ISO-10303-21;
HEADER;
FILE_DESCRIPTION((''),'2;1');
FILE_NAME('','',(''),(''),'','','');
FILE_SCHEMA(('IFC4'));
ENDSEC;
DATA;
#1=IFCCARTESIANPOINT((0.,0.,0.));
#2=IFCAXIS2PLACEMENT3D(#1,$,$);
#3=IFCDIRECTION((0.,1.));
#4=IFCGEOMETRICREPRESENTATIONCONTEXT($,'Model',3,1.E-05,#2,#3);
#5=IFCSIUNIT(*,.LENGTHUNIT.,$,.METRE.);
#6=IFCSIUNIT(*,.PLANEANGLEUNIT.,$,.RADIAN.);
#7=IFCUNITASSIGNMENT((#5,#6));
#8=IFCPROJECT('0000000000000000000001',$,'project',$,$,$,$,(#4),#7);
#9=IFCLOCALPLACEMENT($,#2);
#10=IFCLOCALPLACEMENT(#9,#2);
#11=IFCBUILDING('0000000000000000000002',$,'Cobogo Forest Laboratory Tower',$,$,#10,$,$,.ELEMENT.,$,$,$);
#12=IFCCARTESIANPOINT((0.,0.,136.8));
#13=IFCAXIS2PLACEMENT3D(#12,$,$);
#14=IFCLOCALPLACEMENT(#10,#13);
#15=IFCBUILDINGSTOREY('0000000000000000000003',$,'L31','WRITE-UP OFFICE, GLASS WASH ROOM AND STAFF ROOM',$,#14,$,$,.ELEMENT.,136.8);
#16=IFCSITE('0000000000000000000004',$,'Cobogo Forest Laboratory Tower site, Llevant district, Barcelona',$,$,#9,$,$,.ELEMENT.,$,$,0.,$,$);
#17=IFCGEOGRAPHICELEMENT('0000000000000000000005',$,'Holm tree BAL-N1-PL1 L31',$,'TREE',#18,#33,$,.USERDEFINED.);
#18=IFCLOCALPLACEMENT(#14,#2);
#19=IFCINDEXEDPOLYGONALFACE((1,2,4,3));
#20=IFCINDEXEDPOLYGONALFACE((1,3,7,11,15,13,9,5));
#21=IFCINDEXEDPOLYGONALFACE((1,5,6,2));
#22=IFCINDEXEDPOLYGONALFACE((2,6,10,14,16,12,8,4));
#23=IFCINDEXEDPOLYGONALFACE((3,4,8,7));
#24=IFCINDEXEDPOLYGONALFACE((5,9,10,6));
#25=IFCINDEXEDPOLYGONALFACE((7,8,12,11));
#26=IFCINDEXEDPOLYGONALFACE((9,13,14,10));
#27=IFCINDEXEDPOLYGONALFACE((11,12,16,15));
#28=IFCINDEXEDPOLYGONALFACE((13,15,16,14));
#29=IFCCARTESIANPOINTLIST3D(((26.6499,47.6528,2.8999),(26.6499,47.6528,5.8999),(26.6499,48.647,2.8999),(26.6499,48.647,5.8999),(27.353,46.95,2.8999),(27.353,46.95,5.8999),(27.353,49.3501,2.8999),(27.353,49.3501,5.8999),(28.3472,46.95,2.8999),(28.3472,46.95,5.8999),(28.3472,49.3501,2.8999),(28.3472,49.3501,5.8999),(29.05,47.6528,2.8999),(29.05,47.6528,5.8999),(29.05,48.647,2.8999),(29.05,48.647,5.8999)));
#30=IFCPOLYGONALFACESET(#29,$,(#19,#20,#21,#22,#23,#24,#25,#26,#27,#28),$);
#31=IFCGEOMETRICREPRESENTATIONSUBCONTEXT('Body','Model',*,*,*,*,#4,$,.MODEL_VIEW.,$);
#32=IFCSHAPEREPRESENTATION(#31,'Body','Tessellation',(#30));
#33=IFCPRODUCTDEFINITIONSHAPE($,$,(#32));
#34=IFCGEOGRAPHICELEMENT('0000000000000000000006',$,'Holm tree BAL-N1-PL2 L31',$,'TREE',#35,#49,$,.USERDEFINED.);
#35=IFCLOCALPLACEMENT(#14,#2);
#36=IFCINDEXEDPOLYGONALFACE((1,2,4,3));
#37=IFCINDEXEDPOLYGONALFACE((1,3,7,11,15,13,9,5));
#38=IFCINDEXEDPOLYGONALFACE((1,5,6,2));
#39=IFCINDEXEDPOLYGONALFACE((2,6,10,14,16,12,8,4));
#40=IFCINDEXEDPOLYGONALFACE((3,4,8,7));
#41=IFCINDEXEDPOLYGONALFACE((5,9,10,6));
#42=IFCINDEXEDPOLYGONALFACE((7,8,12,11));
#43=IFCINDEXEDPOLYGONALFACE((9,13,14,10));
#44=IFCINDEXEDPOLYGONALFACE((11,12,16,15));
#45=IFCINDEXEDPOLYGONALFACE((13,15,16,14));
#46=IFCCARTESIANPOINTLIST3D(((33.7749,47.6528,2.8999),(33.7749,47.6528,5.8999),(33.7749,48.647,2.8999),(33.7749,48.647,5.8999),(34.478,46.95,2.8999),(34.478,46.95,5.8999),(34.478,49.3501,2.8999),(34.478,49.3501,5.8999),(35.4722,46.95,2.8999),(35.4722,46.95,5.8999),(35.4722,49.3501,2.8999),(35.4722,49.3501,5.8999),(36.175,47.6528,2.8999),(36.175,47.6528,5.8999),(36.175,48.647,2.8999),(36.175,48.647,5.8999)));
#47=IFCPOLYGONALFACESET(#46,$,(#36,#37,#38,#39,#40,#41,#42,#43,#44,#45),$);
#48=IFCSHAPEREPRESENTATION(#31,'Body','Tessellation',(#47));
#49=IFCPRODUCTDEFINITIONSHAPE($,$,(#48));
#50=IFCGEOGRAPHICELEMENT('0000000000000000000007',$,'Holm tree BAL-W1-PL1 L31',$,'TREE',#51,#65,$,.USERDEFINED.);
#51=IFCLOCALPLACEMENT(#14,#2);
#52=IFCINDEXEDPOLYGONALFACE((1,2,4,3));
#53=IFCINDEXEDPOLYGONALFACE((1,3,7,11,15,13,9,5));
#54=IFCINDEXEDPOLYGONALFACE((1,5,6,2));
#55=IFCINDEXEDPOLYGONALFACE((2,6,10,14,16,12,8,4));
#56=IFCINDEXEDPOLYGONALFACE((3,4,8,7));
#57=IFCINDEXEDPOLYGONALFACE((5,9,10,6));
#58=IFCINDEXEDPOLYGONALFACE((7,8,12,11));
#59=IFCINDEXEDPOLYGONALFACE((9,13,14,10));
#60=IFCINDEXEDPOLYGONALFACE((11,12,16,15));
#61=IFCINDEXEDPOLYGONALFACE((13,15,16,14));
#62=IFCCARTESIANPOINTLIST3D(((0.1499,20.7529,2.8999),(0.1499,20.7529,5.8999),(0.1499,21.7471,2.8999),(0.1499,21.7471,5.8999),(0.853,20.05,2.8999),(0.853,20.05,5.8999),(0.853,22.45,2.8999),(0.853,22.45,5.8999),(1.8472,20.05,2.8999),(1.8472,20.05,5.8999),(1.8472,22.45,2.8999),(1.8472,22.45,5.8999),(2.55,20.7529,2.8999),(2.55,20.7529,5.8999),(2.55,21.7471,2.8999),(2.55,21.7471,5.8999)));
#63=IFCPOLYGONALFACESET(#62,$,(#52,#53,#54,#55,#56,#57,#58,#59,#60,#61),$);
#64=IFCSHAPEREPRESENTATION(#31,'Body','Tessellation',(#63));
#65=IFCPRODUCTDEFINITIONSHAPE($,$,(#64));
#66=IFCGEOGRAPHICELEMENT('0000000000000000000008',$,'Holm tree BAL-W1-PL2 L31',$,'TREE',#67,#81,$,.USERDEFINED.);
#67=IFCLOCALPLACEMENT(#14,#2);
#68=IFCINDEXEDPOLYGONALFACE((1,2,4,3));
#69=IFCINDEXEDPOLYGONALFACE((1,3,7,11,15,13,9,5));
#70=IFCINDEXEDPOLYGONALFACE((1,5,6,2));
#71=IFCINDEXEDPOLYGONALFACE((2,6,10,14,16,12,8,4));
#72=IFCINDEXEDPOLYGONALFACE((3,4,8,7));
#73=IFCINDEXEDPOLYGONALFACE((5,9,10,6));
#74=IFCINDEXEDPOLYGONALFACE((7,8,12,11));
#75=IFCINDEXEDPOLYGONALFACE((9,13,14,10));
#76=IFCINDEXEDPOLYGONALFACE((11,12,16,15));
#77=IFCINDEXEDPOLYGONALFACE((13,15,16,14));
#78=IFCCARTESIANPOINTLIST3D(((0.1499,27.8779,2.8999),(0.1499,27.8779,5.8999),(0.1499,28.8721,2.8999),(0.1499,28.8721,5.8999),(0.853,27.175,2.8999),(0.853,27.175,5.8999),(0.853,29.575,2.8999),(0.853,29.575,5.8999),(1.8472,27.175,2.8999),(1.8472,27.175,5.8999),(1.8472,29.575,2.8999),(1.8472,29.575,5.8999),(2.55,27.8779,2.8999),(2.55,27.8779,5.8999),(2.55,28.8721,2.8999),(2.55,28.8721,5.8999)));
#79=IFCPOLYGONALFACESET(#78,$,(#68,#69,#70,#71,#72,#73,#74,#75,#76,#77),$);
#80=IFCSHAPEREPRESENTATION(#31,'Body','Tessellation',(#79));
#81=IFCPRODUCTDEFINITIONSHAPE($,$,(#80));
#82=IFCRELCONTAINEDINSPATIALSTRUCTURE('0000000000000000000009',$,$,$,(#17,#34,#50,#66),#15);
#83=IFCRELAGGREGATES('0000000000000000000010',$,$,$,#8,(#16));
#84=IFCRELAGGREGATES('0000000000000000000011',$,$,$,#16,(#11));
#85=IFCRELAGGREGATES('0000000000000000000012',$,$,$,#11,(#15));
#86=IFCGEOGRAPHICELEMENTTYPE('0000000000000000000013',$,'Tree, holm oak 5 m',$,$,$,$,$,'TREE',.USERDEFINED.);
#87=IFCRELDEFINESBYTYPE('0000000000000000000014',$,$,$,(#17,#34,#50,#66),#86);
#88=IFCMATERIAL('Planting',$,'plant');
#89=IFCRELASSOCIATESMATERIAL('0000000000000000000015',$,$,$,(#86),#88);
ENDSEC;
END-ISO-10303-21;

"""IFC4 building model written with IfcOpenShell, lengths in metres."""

from ifc_helpers import new_model, si_unit, direction, frame, origin, place, context, subcontext, project, spatial, polyline, outline, extrude, material, type_object, element, save


model = new_model("IFC4")

# Units and contexts
model_context = context("Model", 3, precision=1e-05, world=origin(), true_north=direction((0.0, 1.0)))
body_context = subcontext(model_context, "Body", "Model", "MODEL_VIEW")
ifc_project = project(units=[si_unit("LENGTHUNIT", "METRE"), si_unit("PLANEANGLEUNIT", "RADIAN")], contexts=[model_context])

# Site, building, storey
site_placement = place(None, origin())
site = spatial("IfcSite", under=ifc_project, at=site_placement, Name="Cobogo Forest Laboratory Tower site, Llevant district, Barcelona", CompositionType="ELEMENT", RefElevation=0.0)
building_placement = place(site_placement, origin())
building = spatial("IfcBuilding", under=site, at=building_placement, Name="Cobogo Forest Laboratory Tower", CompositionType="ELEMENT")
storey_placement = place(building_placement, frame((0.0, 0.0, 136.8)))
storey = spatial("IfcBuildingStorey", under=building, at=storey_placement, Name="L31", Description="WRITE-UP OFFICE, GLASS WASH ROOM AND STAFF ROOM", CompositionType="ELEMENT", Elevation=136.8)

# Geographic elements
ifc_material_1 = material(Name="Planting", Category="plant")
geographic_element_type = type_object("IfcGeographicElementType", Name="Tree, holm oak 5 m", ElementType="TREE", PredefinedType="USERDEFINED", material=ifc_material_1)
geographic_element_1_placement = place(storey_placement, frame((0.0, 0.0, 2.8999)))
element("IfcGeographicElement", 1, at=geographic_element_1_placement, inside=storey, type_object=geographic_element_type, Name="Holm tree BAL-N1-PL1 L31", ObjectType="TREE", PredefinedType="USERDEFINED", context=body_context, shape_type="SweptSolid", body=[
    extrude(outline(polyline([(29.05, 47.6528), (29.05, 48.647), (28.3472, 49.3501), (27.353, 49.3501), (26.6499, 48.647), (26.6499, 47.6528), (27.353, 46.95), (28.3472, 46.95), (29.05, 47.6528)])), origin(), (0.0, 0.0, 1.0), 3.0),
])
geographic_element_2_placement = place(storey_placement, frame((0.0, 0.0, 2.8999)))
element("IfcGeographicElement", 2, at=geographic_element_2_placement, inside=storey, type_object=geographic_element_type, Name="Holm tree BAL-N1-PL2 L31", ObjectType="TREE", PredefinedType="USERDEFINED", context=body_context, shape_type="SweptSolid", body=[
    extrude(outline(polyline([(36.175, 47.6528), (36.175, 48.647), (35.4722, 49.3501), (34.478, 49.3501), (33.7749, 48.647), (33.7749, 47.6528), (34.478, 46.95), (35.4722, 46.95), (36.175, 47.6528)])), origin(), (0.0, 0.0, 1.0), 3.0),
])
geographic_element_3_placement = place(storey_placement, frame((0.0, 0.0, 2.8999)))
element("IfcGeographicElement", 3, at=geographic_element_3_placement, inside=storey, type_object=geographic_element_type, Name="Holm tree BAL-W1-PL1 L31", ObjectType="TREE", PredefinedType="USERDEFINED", context=body_context, shape_type="SweptSolid", body=[
    extrude(outline(polyline([(2.55, 20.7529), (2.55, 21.7471), (1.8472, 22.45), (0.853, 22.45), (0.1499, 21.7471), (0.1499, 20.7529), (0.853, 20.05), (1.8472, 20.05), (2.55, 20.7529)])), origin(), (0.0, 0.0, 1.0), 3.0),
])
geographic_element_4_placement = place(storey_placement, frame((0.0, 0.0, 2.8999)))
element("IfcGeographicElement", 4, at=geographic_element_4_placement, inside=storey, type_object=geographic_element_type, Name="Holm tree BAL-W1-PL2 L31", ObjectType="TREE", PredefinedType="USERDEFINED", context=body_context, shape_type="SweptSolid", body=[
    extrude(outline(polyline([(2.55, 27.8779), (2.55, 28.8721), (1.8472, 29.575), (0.853, 29.575), (0.1499, 28.8721), (0.1499, 27.8779), (0.853, 27.175), (1.8472, 27.175), (2.55, 27.8779)])), origin(), (0.0, 0.0, 1.0), 3.0),
])

save(model, "model.ifc")
